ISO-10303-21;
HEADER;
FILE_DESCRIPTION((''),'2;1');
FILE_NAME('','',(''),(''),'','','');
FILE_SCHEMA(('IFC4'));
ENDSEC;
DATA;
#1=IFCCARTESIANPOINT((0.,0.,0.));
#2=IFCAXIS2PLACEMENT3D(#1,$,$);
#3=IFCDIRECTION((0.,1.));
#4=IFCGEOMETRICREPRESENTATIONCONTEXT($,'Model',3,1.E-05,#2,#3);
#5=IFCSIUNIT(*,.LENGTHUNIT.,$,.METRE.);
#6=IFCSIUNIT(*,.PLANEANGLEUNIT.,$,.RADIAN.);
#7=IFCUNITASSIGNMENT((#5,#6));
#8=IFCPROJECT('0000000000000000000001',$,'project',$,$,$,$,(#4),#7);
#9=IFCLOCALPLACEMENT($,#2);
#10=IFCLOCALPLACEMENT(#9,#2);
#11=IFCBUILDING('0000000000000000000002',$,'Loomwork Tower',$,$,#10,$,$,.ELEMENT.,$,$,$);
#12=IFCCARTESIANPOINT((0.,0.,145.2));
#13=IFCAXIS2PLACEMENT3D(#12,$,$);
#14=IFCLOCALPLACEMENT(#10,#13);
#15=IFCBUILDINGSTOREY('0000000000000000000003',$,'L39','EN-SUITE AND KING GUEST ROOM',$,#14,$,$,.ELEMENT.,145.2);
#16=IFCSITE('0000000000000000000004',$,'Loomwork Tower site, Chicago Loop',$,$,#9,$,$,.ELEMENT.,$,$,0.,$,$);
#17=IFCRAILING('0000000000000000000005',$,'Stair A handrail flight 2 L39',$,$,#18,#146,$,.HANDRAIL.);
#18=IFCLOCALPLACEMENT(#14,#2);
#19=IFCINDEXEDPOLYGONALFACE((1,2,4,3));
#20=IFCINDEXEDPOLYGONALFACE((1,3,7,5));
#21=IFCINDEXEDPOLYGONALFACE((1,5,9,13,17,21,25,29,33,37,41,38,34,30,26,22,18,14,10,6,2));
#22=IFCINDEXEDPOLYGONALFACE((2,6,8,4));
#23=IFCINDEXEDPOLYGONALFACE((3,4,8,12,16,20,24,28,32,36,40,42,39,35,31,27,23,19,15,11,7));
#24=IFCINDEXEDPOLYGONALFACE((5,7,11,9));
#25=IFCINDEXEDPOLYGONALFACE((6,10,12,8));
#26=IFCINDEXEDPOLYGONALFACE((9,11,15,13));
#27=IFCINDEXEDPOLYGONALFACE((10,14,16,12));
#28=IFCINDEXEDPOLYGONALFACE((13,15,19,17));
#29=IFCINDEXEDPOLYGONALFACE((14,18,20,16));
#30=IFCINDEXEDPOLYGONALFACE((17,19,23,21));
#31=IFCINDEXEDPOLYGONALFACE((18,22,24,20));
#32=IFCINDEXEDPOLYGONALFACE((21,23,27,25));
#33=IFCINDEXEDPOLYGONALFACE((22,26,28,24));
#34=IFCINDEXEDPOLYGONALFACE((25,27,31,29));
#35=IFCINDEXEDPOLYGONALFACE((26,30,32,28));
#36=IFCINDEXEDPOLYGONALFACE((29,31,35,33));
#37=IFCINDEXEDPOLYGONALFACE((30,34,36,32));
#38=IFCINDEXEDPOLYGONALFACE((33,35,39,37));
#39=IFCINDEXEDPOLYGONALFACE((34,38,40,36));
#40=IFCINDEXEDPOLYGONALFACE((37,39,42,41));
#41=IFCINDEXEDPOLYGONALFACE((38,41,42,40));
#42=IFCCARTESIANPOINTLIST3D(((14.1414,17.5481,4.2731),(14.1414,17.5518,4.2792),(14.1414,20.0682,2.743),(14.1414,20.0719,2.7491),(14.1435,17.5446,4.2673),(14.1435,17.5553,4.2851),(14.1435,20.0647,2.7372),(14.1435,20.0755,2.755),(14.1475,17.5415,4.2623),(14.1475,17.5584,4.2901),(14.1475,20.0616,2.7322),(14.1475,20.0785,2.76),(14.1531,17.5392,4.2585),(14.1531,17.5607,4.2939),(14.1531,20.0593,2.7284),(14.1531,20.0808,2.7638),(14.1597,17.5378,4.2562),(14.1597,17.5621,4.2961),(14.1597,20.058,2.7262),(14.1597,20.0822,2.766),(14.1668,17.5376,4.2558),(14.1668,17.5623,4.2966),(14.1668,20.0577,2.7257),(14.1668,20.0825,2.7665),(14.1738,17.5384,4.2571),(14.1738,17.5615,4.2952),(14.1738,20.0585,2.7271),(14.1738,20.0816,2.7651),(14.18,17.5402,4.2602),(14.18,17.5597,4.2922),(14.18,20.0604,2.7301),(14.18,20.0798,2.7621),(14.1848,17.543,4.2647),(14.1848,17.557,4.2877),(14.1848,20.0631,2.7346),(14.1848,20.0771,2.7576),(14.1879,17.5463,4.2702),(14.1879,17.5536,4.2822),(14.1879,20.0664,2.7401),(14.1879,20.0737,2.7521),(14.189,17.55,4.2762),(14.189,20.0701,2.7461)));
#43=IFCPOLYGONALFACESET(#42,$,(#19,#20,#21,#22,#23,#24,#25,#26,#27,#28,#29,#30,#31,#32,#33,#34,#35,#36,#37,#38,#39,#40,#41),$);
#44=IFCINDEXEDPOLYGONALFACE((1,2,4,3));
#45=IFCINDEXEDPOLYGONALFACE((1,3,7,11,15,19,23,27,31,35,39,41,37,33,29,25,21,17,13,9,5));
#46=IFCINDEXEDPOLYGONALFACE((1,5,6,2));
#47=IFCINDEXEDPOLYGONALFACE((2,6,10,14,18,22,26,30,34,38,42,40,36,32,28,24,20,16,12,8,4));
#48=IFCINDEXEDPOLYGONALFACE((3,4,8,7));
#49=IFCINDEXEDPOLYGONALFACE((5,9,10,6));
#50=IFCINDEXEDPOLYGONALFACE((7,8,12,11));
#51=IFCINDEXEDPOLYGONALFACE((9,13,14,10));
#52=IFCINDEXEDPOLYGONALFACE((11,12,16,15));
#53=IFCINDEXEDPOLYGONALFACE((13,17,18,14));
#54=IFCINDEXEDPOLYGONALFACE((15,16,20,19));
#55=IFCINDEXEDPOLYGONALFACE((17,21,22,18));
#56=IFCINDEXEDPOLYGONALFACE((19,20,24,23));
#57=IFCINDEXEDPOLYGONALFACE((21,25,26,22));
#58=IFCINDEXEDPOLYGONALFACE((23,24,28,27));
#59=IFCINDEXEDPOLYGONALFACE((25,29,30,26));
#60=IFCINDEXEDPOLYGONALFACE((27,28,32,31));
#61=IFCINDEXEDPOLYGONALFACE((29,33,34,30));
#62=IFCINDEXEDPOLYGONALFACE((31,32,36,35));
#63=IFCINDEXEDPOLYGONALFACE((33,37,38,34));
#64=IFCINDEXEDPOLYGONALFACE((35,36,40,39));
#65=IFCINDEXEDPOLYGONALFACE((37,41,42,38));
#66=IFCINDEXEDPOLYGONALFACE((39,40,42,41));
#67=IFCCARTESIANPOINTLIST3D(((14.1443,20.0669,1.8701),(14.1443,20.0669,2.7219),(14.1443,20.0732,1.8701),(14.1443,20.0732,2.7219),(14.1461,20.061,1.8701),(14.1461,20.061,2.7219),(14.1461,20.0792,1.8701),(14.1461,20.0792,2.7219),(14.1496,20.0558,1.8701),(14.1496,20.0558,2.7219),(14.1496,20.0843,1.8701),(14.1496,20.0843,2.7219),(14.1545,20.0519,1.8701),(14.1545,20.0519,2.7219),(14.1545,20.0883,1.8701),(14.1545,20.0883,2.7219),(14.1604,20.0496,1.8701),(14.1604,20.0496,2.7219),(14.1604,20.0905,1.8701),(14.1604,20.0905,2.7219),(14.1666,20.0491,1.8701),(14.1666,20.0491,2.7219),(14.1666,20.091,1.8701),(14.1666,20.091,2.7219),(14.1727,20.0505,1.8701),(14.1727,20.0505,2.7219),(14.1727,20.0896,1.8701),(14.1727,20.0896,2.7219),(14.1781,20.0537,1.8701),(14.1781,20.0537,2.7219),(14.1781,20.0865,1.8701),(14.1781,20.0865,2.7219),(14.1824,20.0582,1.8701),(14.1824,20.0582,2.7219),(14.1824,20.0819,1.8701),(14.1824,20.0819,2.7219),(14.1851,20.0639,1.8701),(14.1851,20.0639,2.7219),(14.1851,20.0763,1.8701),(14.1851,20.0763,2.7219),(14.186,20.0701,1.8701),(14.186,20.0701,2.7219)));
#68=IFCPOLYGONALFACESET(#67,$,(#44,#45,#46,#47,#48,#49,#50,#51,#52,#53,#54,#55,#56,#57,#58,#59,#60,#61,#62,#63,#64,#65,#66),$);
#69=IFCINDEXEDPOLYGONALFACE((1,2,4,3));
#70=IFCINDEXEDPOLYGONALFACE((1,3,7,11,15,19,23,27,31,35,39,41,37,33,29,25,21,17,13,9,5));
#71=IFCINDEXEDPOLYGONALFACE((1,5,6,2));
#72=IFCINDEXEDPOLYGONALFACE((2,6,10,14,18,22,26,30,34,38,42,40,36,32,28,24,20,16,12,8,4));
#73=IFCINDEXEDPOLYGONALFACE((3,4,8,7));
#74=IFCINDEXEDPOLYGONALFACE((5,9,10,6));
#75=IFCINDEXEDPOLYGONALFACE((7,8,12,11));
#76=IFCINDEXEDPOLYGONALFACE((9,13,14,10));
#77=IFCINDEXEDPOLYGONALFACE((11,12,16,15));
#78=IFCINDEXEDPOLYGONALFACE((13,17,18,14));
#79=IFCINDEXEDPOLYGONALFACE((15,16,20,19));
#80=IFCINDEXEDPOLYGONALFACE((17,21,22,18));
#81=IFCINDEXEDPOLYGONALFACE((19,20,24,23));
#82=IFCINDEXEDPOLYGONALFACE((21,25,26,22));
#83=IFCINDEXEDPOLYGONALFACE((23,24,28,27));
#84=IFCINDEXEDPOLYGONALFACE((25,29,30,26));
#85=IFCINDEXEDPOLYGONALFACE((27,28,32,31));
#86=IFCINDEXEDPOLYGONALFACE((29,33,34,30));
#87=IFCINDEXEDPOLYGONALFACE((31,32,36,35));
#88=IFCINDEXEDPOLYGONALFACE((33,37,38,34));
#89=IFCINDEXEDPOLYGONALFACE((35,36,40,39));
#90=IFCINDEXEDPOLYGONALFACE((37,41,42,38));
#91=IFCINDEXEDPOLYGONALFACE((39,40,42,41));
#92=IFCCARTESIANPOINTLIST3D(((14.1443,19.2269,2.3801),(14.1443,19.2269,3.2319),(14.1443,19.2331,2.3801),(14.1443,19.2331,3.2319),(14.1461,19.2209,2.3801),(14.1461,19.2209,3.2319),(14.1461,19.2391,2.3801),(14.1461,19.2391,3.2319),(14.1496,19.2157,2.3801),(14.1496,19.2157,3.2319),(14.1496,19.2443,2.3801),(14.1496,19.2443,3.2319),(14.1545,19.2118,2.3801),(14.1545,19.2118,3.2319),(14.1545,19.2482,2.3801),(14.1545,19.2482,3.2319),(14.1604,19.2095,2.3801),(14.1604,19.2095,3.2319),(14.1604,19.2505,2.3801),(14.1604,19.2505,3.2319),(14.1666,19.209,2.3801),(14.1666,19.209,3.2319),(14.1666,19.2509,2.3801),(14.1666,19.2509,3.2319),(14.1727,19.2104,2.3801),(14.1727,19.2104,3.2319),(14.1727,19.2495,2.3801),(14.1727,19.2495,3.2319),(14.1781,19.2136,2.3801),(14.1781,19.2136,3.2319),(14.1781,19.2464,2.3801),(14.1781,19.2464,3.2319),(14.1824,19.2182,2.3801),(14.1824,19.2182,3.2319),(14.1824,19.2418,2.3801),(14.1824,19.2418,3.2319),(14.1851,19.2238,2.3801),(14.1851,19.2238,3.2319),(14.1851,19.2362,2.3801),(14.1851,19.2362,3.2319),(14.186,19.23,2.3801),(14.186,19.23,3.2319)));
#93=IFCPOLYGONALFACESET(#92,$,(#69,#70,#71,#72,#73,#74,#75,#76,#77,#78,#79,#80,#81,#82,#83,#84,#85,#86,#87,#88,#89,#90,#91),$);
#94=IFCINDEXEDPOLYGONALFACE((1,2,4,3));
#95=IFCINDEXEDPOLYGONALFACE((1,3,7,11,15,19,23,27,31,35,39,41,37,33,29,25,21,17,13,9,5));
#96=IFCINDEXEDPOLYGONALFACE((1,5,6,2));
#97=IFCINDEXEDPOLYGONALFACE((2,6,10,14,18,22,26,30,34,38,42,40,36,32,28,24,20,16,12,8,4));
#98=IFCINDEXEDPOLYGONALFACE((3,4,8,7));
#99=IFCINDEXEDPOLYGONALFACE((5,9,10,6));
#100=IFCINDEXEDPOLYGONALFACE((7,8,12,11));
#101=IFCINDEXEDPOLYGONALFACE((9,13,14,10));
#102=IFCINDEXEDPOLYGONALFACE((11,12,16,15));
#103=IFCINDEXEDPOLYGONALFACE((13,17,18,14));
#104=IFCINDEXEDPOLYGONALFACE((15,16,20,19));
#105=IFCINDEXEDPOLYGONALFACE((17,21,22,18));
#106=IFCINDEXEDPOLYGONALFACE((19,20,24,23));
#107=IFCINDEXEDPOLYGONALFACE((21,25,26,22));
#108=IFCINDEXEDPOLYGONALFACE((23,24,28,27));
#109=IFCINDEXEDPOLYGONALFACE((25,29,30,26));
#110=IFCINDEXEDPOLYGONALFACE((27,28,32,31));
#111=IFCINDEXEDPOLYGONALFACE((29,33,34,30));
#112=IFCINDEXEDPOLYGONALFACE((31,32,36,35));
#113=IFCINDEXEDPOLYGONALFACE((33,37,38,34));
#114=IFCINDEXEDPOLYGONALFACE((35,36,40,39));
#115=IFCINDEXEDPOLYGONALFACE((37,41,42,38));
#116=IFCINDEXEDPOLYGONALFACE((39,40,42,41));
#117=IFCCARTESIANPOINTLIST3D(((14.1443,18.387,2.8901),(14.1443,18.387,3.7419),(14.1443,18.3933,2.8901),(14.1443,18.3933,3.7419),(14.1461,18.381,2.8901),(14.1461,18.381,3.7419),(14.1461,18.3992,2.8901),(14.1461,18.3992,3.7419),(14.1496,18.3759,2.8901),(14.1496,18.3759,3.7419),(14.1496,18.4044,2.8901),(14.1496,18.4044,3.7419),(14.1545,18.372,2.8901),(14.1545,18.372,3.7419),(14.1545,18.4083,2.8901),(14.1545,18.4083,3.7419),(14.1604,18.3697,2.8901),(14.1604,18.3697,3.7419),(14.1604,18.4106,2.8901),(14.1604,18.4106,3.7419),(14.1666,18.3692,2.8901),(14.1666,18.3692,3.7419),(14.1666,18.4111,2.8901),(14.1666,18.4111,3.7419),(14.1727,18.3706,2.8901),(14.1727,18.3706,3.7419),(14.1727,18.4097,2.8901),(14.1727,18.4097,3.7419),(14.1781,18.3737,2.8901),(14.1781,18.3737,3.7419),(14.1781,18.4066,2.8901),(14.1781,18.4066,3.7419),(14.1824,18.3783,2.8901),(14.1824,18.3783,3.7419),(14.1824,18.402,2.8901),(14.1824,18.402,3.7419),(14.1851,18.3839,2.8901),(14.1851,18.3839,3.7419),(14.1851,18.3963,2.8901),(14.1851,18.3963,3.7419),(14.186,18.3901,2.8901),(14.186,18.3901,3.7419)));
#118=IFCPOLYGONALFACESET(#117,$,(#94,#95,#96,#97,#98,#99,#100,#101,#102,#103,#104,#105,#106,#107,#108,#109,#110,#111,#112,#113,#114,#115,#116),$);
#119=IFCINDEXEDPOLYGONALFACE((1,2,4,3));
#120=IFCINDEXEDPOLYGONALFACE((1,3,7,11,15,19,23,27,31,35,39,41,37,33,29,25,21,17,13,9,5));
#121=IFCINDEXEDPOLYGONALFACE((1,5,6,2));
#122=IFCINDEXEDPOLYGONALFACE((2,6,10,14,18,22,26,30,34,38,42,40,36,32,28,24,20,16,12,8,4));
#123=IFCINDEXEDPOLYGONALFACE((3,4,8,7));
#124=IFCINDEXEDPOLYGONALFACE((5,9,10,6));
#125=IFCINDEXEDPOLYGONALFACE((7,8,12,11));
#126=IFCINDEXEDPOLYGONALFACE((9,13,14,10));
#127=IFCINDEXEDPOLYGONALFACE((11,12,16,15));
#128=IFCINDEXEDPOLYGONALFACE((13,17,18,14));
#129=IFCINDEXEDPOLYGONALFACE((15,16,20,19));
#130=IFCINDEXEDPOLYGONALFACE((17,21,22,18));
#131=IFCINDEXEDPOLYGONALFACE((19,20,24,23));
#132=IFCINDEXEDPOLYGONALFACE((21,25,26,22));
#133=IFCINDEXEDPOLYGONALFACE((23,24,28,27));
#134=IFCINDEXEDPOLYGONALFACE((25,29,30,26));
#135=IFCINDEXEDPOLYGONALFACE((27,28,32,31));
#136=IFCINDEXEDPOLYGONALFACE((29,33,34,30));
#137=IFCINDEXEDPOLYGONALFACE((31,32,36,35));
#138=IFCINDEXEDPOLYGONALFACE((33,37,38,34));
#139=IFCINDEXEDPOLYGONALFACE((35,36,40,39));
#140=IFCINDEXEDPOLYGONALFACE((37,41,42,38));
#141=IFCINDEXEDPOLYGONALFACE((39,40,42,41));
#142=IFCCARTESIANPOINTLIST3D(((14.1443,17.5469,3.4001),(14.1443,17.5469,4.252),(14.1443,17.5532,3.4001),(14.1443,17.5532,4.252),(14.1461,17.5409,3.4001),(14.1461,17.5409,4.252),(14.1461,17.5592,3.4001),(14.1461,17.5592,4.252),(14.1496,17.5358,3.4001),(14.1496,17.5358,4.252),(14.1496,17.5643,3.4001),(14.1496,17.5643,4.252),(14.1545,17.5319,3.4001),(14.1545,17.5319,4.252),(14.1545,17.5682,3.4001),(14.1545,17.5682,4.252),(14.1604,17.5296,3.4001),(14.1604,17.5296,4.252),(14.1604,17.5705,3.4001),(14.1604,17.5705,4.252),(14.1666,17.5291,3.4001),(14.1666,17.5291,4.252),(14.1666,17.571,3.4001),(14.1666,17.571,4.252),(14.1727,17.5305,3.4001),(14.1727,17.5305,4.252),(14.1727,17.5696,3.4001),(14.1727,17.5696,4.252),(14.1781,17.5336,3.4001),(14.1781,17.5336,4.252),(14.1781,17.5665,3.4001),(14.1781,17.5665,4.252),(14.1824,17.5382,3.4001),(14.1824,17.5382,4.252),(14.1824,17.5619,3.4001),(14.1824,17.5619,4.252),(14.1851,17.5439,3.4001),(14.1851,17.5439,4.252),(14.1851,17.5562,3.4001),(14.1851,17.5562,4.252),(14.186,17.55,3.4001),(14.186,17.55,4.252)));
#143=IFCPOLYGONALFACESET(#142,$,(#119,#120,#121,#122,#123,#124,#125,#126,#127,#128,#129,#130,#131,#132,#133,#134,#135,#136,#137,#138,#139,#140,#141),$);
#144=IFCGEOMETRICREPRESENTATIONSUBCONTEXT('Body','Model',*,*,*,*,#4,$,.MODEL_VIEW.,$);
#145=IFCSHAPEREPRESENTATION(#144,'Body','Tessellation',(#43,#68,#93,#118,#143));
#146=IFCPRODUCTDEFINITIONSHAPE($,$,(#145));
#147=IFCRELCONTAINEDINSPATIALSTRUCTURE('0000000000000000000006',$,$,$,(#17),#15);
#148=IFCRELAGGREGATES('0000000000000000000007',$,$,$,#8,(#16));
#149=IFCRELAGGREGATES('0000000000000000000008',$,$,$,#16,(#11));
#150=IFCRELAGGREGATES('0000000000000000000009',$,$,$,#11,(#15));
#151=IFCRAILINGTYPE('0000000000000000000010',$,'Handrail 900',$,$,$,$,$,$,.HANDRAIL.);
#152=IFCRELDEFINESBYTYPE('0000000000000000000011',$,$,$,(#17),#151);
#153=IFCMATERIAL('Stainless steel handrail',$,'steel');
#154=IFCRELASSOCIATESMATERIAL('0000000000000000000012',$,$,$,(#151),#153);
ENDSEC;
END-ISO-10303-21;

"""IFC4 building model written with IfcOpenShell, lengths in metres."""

from ifc_helpers import new_model, si_unit, direction, frame, origin, origin_2d, place, context, subcontext, project, spatial, circle, extrude, material, type_object, element, save


model = new_model("IFC4")

# Units and contexts
model_context = context("Model", 3, precision=1e-05, world=origin(), true_north=direction((0.0, 1.0)))
body_context = subcontext(model_context, "Body", "Model", "MODEL_VIEW")
ifc_project = project(units=[si_unit("LENGTHUNIT", "METRE"), si_unit("PLANEANGLEUNIT", "RADIAN")], contexts=[model_context])

# Site, building, storey
site_placement = place(None, origin())
site = spatial("IfcSite", under=ifc_project, at=site_placement, Name="Loomwork Tower site, Chicago Loop", CompositionType="ELEMENT", RefElevation=0.0)
building_placement = place(site_placement, origin())
building = spatial("IfcBuilding", under=site, at=building_placement, Name="Loomwork Tower", CompositionType="ELEMENT")
storey_placement = place(building_placement, frame((0.0, 0.0, 145.2)))
storey = spatial("IfcBuildingStorey", under=building, at=storey_placement, Name="L39", Description="EN-SUITE AND KING GUEST ROOM", CompositionType="ELEMENT", Elevation=145.2)

# Railing
ifc_material_1 = material(Name="Stainless steel handrail", Category="steel")
railing_type = type_object("IfcRailingType", Name="Handrail 900", PredefinedType="HANDRAIL", material=ifc_material_1)
railing_placement = place(storey_placement, frame((14.165, 20.0701, 1.8701)))
element("IfcRailing", 1, at=railing_placement, inside=storey, type_object=railing_type, Name="Stair A handrail flight 2 L39", PredefinedType="HANDRAIL", context=body_context, shape_type="SweptSolid", body=[
    extrude(circle(Radius=0.0239, at=origin_2d()), frame((0.0, 0.0, 0.876), z_axis=(0.0, -0.854785, 0.518982), x_axis=(1.0, 0.0, 0.0)), (0.0, 0.0, 1.0), 2.9482),
    extrude(circle(Radius=0.021, at=origin_2d()), origin(), (0.0, 0.0, 1.0), 0.8518),
    extrude(circle(Radius=0.021, at=origin_2d()), frame((0.0, -0.8401, 0.51)), (0.0, 0.0, 1.0), 0.8518),
    extrude(circle(Radius=0.021, at=origin_2d()), frame((0.0, -1.6799, 1.02)), (0.0, 0.0, 1.0), 0.8518),
    extrude(circle(Radius=0.021, at=origin_2d()), frame((0.0, -2.52, 1.53)), (0.0, 0.0, 1.0), 0.8518),
])

save(model, "model.ifc")
